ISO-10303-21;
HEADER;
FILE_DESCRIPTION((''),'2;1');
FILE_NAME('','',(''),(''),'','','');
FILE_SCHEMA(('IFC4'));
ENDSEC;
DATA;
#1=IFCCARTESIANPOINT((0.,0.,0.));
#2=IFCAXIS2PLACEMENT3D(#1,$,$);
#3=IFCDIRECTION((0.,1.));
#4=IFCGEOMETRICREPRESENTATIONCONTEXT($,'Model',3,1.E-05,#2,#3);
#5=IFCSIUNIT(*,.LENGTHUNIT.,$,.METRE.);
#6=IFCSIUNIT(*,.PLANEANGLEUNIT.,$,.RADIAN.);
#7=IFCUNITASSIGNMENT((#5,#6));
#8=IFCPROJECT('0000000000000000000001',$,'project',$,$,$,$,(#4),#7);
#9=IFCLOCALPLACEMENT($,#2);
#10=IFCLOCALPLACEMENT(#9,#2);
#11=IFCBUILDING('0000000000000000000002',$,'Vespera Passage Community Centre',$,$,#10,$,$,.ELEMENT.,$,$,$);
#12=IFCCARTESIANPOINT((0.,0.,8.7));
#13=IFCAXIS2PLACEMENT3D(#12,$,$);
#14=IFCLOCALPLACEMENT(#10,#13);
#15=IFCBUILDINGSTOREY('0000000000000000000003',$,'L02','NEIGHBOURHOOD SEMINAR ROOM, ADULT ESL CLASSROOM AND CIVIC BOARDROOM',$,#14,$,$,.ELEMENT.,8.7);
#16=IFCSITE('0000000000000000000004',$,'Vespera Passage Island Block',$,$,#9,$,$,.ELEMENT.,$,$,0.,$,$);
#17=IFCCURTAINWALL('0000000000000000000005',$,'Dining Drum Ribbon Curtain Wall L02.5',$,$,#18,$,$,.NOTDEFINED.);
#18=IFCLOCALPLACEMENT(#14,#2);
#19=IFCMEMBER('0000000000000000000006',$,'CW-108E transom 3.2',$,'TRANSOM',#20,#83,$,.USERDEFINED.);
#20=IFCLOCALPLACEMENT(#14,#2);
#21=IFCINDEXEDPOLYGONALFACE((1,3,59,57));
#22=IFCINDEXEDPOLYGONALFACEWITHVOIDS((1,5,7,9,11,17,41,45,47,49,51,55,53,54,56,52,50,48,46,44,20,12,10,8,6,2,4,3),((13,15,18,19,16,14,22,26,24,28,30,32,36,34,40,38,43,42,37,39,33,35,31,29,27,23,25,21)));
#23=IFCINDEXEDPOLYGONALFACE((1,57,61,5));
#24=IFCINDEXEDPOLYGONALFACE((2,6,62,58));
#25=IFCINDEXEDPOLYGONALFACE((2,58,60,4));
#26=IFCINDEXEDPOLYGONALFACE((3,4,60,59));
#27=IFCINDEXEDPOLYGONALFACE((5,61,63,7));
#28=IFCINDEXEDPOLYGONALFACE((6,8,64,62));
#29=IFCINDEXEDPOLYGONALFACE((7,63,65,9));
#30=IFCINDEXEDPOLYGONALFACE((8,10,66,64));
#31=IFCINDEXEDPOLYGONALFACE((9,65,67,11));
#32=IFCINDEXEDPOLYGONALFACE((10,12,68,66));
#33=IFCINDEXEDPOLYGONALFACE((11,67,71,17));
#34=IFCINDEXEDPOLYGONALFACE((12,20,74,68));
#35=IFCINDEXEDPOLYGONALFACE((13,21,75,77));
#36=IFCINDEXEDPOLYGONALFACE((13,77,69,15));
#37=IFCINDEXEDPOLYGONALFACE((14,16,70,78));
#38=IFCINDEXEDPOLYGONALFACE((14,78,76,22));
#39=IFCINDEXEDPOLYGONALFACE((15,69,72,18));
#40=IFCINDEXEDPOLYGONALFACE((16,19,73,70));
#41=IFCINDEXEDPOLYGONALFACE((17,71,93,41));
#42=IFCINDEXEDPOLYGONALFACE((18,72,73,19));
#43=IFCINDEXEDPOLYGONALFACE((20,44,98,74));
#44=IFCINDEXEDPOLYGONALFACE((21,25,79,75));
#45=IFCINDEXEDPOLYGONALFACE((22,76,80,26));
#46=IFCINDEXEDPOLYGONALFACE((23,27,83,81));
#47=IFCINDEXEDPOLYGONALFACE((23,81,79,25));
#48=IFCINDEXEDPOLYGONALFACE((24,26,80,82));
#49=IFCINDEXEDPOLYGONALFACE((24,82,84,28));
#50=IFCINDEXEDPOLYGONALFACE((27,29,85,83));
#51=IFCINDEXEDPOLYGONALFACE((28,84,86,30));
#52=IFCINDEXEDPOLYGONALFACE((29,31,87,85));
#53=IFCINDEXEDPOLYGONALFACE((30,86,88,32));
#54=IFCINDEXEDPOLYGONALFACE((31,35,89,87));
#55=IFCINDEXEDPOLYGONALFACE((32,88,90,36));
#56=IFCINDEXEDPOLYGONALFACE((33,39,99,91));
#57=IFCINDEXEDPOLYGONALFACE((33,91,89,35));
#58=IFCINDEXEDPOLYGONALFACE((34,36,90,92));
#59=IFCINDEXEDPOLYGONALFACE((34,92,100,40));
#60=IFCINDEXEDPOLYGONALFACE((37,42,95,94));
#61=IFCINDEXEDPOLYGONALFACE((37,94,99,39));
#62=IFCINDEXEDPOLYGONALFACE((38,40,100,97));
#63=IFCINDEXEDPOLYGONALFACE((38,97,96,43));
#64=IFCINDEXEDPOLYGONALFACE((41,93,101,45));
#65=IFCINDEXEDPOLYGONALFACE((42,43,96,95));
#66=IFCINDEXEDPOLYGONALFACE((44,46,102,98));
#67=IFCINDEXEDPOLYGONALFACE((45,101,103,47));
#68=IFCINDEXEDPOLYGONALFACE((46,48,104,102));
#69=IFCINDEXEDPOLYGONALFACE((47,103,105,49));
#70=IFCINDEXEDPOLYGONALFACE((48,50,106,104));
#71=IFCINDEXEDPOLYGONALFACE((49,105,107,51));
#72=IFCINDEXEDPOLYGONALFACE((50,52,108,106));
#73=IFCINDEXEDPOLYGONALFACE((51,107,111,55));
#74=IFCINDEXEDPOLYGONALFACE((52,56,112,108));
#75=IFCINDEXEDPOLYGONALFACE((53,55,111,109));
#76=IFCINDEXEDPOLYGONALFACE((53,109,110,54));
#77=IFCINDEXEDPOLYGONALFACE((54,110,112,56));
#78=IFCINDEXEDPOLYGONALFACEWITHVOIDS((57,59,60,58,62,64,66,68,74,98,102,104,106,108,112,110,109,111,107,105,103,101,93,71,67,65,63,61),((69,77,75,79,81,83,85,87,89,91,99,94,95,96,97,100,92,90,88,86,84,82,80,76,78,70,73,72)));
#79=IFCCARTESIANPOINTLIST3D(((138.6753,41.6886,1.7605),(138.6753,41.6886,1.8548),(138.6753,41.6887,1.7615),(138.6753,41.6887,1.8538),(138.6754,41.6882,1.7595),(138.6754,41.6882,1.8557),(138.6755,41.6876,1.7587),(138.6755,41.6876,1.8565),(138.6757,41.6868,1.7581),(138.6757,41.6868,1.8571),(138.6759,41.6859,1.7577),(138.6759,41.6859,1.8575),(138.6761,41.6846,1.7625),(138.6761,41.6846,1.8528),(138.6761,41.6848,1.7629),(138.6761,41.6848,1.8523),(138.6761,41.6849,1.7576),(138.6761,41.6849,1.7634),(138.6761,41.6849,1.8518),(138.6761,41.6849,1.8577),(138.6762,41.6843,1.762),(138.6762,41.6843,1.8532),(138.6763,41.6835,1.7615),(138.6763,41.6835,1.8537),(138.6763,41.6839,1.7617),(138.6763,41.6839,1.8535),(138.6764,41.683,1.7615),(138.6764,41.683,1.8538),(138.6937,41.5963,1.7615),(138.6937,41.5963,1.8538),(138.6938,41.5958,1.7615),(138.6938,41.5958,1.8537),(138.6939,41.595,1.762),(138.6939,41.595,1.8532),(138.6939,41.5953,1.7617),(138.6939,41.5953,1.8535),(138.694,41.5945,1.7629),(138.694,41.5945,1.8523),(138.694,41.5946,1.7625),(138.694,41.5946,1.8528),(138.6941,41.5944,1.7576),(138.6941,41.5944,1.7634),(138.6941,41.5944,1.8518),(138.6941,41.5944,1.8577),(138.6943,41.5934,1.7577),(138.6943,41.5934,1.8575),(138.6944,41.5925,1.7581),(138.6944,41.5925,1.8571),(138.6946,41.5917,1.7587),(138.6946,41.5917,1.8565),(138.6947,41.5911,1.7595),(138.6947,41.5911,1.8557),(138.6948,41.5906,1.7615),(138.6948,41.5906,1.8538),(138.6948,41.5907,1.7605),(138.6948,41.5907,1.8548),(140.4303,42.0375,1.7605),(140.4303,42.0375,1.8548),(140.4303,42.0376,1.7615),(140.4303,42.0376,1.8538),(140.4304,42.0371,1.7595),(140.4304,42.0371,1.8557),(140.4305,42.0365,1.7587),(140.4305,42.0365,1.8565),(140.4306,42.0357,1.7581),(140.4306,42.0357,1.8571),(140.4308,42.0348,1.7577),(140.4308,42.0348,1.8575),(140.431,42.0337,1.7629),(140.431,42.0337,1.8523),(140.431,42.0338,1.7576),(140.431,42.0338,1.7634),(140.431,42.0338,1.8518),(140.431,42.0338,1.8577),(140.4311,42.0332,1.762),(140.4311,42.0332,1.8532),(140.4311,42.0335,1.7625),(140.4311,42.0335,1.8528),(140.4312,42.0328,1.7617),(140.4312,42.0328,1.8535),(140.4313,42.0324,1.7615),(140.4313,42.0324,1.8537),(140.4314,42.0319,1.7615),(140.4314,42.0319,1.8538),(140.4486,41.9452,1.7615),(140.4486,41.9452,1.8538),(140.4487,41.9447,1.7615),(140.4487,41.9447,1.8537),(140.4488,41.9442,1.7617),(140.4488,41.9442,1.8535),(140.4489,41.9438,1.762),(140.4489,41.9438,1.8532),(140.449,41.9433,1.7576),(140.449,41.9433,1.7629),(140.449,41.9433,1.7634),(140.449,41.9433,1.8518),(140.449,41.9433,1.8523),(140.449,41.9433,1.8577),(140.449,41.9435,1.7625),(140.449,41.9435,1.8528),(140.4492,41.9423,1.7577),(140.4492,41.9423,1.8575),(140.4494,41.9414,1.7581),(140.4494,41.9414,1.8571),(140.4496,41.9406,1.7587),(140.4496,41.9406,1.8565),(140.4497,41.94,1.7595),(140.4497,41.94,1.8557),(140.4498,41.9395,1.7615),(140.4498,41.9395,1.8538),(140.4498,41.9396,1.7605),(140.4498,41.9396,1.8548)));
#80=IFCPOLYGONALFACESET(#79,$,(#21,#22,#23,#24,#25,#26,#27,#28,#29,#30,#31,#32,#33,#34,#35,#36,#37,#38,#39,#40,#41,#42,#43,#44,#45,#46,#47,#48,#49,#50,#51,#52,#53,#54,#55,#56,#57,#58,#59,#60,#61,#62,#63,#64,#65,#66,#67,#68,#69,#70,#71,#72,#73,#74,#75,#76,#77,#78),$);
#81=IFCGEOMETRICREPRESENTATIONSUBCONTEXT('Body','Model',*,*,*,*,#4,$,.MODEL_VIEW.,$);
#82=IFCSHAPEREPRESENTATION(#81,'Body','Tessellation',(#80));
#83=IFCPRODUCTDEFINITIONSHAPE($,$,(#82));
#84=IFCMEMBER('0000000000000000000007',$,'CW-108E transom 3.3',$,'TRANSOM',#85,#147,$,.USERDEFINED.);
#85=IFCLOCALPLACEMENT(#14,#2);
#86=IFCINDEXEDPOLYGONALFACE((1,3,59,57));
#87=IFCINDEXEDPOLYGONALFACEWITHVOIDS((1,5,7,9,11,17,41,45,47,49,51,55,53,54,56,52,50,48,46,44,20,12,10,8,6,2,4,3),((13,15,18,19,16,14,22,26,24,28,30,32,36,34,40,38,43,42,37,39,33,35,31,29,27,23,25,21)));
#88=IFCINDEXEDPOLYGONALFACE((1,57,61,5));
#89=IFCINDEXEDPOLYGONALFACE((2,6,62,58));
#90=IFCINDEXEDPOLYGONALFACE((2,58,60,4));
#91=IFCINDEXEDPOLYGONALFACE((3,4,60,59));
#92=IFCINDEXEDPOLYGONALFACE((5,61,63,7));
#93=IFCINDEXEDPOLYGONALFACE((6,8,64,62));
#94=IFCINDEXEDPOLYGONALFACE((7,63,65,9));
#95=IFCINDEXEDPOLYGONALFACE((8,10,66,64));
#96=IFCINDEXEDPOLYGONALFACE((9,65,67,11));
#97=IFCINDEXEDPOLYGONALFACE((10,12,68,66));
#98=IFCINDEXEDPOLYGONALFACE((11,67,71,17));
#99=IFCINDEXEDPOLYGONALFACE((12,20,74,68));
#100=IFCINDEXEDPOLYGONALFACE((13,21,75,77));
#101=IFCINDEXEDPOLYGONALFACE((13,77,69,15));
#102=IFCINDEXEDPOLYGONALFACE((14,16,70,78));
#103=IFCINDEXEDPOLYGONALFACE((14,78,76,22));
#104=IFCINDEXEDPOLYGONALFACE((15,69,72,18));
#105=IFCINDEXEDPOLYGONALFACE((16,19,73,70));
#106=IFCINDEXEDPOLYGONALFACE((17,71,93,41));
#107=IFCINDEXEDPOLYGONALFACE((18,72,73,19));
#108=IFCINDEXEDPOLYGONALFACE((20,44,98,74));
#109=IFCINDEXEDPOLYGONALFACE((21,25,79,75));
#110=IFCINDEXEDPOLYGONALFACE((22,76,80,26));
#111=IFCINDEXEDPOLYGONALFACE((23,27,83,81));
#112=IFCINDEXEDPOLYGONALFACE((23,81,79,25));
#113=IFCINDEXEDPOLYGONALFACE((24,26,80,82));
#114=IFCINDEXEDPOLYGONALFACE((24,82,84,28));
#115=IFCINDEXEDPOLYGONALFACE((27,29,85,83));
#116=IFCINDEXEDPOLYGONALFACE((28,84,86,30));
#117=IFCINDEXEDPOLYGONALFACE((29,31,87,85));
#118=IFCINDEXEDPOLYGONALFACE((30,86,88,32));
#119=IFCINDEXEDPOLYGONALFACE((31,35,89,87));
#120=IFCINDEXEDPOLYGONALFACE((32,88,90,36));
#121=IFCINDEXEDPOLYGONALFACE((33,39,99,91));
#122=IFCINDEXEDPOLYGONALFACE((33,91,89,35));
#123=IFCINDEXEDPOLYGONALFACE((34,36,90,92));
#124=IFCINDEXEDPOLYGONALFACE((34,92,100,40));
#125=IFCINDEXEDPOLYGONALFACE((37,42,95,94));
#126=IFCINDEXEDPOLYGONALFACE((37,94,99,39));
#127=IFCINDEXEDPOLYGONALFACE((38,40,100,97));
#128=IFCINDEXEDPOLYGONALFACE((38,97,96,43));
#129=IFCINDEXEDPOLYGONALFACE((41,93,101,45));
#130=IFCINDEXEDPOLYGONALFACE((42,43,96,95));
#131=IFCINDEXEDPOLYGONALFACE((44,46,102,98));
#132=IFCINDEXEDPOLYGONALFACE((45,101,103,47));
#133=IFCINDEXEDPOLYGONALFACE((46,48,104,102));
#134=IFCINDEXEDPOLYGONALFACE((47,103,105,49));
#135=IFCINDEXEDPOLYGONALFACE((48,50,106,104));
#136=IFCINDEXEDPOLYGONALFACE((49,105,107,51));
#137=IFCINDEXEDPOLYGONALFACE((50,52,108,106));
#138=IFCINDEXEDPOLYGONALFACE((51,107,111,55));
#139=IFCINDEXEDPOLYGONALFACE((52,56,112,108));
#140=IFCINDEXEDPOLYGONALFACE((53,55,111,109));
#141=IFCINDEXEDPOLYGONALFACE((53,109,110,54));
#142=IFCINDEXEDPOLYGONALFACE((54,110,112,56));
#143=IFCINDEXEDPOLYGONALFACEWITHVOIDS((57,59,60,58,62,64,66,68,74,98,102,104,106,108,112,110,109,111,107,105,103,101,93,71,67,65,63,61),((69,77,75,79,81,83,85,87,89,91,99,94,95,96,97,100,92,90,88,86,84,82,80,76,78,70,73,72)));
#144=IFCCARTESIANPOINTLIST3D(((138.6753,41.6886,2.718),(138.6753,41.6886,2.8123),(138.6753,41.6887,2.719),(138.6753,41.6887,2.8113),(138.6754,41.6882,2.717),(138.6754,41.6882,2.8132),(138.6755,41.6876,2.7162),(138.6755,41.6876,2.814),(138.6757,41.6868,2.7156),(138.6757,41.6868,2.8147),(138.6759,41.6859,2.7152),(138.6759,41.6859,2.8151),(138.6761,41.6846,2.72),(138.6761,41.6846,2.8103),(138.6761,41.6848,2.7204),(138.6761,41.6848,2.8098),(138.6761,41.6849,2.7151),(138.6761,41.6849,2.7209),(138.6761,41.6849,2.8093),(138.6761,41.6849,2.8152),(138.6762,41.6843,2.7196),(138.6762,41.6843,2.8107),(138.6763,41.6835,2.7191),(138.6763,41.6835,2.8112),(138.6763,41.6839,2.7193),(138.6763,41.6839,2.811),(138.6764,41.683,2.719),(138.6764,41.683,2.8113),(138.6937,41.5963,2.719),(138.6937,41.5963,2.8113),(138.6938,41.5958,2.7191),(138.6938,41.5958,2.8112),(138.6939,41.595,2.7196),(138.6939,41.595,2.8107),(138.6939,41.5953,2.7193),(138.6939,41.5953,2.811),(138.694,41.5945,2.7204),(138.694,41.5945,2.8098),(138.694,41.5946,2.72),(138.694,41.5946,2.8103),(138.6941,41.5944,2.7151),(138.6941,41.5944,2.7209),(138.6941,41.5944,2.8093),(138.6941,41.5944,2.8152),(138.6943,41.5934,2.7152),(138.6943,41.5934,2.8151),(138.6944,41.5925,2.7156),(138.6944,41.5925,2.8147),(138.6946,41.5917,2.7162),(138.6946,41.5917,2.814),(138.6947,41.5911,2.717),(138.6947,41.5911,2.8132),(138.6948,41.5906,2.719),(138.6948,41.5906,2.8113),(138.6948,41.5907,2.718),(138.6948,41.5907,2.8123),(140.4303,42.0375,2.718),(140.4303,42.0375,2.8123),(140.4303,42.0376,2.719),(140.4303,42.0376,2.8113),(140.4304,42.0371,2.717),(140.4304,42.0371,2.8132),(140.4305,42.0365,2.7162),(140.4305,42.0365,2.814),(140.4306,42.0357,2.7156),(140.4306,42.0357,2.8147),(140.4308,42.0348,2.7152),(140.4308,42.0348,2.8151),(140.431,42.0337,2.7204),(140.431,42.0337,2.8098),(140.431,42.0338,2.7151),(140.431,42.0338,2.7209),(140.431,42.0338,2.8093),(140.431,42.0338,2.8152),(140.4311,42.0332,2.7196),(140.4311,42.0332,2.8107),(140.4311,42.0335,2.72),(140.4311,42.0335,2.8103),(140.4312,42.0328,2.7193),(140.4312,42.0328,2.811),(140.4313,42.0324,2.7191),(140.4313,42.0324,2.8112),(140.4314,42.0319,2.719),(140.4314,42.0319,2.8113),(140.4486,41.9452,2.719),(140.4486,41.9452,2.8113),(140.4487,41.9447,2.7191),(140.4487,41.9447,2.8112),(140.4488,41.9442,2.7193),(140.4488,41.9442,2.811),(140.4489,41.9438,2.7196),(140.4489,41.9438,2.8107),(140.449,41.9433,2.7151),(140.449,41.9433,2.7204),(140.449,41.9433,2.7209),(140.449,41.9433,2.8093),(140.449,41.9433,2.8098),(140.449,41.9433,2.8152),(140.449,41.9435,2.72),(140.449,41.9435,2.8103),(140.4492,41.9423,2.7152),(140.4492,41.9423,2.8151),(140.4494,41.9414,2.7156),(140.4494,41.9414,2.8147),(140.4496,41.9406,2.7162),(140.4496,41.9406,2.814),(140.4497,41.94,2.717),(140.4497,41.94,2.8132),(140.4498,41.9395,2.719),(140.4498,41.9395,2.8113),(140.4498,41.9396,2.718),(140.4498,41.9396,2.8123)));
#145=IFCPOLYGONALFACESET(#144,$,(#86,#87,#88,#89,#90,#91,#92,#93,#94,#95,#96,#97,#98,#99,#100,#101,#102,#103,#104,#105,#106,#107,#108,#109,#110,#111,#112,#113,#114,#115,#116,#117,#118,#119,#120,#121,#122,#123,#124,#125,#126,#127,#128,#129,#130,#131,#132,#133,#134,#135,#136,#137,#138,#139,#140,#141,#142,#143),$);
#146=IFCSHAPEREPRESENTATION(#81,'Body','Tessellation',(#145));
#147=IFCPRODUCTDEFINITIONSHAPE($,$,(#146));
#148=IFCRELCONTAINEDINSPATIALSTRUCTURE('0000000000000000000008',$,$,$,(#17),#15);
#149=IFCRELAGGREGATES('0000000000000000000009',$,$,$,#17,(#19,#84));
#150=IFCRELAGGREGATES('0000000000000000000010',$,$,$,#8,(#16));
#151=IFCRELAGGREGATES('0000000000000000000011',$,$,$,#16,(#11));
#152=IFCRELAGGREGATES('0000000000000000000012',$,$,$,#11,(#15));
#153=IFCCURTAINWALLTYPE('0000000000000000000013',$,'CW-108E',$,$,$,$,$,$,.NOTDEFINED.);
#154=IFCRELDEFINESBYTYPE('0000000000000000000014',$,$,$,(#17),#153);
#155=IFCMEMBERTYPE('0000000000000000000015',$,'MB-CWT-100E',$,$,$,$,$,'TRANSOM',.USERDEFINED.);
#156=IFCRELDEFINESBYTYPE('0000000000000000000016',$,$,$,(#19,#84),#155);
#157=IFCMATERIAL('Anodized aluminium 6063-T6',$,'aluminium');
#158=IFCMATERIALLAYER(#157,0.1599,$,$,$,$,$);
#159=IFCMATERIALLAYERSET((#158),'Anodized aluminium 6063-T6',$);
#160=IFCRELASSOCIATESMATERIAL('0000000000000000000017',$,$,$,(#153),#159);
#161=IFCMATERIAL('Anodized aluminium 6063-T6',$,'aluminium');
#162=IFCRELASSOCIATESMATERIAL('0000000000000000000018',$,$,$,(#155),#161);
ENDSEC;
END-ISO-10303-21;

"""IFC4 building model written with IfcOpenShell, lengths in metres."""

from ifc_helpers import new_model, si_unit, direction, frame, origin, origin_2d, place, context, subcontext, project, spatial, hollow_rectangle, extrude, material, layer, layer_set, material_profile, profile_set, type_object, element, aggregate, save


model = new_model("IFC4")

# Units and contexts
model_context = context("Model", 3, precision=1e-05, world=origin(), true_north=direction((0.0, 1.0)))
body_context = subcontext(model_context, "Body", "Model", "MODEL_VIEW")
ifc_project = project(units=[si_unit("LENGTHUNIT", "METRE"), si_unit("PLANEANGLEUNIT", "RADIAN")], contexts=[model_context])

# Site, building, storey
site_placement = place(None, origin())
site = spatial("IfcSite", under=ifc_project, at=site_placement, Name="Vespera Passage Island Block", CompositionType="ELEMENT", RefElevation=0.0)
building_placement = place(site_placement, origin())
building = spatial("IfcBuilding", under=site, at=building_placement, Name="Vespera Passage Community Centre", CompositionType="ELEMENT")
storey_placement = place(building_placement, frame((0.0, 0.0, 8.7)))
storey = spatial("IfcBuildingStorey", under=building, at=storey_placement, Name="L02", Description="NEIGHBOURHOOD SEMINAR ROOM, ADULT ESL CLASSROOM AND CIVIC BOARDROOM", CompositionType="ELEMENT", Elevation=8.7)

# Shared definitions
ifc_material_1 = material(Name="Anodized aluminium 6063-T6", Category="aluminium")
ifc_layer_1 = layer(ifc_material_1, 0.1599)
ifc_layer_set_1 = layer_set([ifc_layer_1], Name="Anodized aluminium 6063-T6")
curtain_wall_type_1 = type_object("IfcCurtainWallType", Name="CW-108E", PredefinedType="NOTDEFINED", material=ifc_layer_set_1)

# Shared definitions
ifc_material_2 = material(Name="Anodized aluminium 6063-T6", Category="aluminium")
ifc_material_profile_1 = material_profile(ifc_material_2, hollow_rectangle(XDim=0.1001, YDim=0.1001, WallThickness=0.0039, InnerFilletRadius=0.002, OuterFilletRadius=0.0039, at=origin_2d()), Name="ALU100X100X4")
ifc_profile_set_1 = profile_set([ifc_material_profile_1], Name="Anodized aluminium 6063-T6")
member_type_1 = type_object("IfcMemberType", Name="MB-CWT-100E", ElementType="TRANSOM", PredefinedType="USERDEFINED", material=ifc_profile_set_1)

# Curtain wall, members
curtain_wall_1_placement = place(storey_placement, origin())
curtain_wall_1 = element("IfcCurtainWall", 1, at=curtain_wall_1_placement, inside=storey, type_object=curtain_wall_type_1, Name="Dining Drum Ribbon Curtain Wall L02.5", PredefinedType="NOTDEFINED")
member_1_placement = place(storey_placement, frame((138.6851, 41.6396, 1.8076), z_axis=(0.980806, 0.194988, 0.0), x_axis=(-0.194988, 0.980806, 0.0)))
member_1 = element("IfcMember", 2, at=member_1_placement, type_object=member_type_1, Name="CW-108E transom 3.2", ObjectType="TRANSOM", PredefinedType="USERDEFINED", context=body_context, shape_type="SweptSolid", body=[
    extrude(hollow_rectangle(XDim=0.1001, YDim=0.1001, WallThickness=0.0039, InnerFilletRadius=0.002, OuterFilletRadius=0.0039, at=origin_2d()), origin(), (0.0, 0.0, 1.0), 1.7893),
])
member_2_placement = place(storey_placement, frame((138.6851, 41.6396, 2.7651), z_axis=(0.980806, 0.194988, 0.0), x_axis=(-0.194988, 0.980806, 0.0)))
member_2 = element("IfcMember", 3, at=member_2_placement, type_object=member_type_1, Name="CW-108E transom 3.3", ObjectType="TRANSOM", PredefinedType="USERDEFINED", context=body_context, shape_type="SweptSolid", body=[
    extrude(hollow_rectangle(XDim=0.1001, YDim=0.1001, WallThickness=0.0039, InnerFilletRadius=0.002, OuterFilletRadius=0.0039, at=origin_2d()), origin(), (0.0, 0.0, 1.0), 1.7893),
])

aggregate(curtain_wall_1, [member_1, member_2])

save(model, "model.ifc")
